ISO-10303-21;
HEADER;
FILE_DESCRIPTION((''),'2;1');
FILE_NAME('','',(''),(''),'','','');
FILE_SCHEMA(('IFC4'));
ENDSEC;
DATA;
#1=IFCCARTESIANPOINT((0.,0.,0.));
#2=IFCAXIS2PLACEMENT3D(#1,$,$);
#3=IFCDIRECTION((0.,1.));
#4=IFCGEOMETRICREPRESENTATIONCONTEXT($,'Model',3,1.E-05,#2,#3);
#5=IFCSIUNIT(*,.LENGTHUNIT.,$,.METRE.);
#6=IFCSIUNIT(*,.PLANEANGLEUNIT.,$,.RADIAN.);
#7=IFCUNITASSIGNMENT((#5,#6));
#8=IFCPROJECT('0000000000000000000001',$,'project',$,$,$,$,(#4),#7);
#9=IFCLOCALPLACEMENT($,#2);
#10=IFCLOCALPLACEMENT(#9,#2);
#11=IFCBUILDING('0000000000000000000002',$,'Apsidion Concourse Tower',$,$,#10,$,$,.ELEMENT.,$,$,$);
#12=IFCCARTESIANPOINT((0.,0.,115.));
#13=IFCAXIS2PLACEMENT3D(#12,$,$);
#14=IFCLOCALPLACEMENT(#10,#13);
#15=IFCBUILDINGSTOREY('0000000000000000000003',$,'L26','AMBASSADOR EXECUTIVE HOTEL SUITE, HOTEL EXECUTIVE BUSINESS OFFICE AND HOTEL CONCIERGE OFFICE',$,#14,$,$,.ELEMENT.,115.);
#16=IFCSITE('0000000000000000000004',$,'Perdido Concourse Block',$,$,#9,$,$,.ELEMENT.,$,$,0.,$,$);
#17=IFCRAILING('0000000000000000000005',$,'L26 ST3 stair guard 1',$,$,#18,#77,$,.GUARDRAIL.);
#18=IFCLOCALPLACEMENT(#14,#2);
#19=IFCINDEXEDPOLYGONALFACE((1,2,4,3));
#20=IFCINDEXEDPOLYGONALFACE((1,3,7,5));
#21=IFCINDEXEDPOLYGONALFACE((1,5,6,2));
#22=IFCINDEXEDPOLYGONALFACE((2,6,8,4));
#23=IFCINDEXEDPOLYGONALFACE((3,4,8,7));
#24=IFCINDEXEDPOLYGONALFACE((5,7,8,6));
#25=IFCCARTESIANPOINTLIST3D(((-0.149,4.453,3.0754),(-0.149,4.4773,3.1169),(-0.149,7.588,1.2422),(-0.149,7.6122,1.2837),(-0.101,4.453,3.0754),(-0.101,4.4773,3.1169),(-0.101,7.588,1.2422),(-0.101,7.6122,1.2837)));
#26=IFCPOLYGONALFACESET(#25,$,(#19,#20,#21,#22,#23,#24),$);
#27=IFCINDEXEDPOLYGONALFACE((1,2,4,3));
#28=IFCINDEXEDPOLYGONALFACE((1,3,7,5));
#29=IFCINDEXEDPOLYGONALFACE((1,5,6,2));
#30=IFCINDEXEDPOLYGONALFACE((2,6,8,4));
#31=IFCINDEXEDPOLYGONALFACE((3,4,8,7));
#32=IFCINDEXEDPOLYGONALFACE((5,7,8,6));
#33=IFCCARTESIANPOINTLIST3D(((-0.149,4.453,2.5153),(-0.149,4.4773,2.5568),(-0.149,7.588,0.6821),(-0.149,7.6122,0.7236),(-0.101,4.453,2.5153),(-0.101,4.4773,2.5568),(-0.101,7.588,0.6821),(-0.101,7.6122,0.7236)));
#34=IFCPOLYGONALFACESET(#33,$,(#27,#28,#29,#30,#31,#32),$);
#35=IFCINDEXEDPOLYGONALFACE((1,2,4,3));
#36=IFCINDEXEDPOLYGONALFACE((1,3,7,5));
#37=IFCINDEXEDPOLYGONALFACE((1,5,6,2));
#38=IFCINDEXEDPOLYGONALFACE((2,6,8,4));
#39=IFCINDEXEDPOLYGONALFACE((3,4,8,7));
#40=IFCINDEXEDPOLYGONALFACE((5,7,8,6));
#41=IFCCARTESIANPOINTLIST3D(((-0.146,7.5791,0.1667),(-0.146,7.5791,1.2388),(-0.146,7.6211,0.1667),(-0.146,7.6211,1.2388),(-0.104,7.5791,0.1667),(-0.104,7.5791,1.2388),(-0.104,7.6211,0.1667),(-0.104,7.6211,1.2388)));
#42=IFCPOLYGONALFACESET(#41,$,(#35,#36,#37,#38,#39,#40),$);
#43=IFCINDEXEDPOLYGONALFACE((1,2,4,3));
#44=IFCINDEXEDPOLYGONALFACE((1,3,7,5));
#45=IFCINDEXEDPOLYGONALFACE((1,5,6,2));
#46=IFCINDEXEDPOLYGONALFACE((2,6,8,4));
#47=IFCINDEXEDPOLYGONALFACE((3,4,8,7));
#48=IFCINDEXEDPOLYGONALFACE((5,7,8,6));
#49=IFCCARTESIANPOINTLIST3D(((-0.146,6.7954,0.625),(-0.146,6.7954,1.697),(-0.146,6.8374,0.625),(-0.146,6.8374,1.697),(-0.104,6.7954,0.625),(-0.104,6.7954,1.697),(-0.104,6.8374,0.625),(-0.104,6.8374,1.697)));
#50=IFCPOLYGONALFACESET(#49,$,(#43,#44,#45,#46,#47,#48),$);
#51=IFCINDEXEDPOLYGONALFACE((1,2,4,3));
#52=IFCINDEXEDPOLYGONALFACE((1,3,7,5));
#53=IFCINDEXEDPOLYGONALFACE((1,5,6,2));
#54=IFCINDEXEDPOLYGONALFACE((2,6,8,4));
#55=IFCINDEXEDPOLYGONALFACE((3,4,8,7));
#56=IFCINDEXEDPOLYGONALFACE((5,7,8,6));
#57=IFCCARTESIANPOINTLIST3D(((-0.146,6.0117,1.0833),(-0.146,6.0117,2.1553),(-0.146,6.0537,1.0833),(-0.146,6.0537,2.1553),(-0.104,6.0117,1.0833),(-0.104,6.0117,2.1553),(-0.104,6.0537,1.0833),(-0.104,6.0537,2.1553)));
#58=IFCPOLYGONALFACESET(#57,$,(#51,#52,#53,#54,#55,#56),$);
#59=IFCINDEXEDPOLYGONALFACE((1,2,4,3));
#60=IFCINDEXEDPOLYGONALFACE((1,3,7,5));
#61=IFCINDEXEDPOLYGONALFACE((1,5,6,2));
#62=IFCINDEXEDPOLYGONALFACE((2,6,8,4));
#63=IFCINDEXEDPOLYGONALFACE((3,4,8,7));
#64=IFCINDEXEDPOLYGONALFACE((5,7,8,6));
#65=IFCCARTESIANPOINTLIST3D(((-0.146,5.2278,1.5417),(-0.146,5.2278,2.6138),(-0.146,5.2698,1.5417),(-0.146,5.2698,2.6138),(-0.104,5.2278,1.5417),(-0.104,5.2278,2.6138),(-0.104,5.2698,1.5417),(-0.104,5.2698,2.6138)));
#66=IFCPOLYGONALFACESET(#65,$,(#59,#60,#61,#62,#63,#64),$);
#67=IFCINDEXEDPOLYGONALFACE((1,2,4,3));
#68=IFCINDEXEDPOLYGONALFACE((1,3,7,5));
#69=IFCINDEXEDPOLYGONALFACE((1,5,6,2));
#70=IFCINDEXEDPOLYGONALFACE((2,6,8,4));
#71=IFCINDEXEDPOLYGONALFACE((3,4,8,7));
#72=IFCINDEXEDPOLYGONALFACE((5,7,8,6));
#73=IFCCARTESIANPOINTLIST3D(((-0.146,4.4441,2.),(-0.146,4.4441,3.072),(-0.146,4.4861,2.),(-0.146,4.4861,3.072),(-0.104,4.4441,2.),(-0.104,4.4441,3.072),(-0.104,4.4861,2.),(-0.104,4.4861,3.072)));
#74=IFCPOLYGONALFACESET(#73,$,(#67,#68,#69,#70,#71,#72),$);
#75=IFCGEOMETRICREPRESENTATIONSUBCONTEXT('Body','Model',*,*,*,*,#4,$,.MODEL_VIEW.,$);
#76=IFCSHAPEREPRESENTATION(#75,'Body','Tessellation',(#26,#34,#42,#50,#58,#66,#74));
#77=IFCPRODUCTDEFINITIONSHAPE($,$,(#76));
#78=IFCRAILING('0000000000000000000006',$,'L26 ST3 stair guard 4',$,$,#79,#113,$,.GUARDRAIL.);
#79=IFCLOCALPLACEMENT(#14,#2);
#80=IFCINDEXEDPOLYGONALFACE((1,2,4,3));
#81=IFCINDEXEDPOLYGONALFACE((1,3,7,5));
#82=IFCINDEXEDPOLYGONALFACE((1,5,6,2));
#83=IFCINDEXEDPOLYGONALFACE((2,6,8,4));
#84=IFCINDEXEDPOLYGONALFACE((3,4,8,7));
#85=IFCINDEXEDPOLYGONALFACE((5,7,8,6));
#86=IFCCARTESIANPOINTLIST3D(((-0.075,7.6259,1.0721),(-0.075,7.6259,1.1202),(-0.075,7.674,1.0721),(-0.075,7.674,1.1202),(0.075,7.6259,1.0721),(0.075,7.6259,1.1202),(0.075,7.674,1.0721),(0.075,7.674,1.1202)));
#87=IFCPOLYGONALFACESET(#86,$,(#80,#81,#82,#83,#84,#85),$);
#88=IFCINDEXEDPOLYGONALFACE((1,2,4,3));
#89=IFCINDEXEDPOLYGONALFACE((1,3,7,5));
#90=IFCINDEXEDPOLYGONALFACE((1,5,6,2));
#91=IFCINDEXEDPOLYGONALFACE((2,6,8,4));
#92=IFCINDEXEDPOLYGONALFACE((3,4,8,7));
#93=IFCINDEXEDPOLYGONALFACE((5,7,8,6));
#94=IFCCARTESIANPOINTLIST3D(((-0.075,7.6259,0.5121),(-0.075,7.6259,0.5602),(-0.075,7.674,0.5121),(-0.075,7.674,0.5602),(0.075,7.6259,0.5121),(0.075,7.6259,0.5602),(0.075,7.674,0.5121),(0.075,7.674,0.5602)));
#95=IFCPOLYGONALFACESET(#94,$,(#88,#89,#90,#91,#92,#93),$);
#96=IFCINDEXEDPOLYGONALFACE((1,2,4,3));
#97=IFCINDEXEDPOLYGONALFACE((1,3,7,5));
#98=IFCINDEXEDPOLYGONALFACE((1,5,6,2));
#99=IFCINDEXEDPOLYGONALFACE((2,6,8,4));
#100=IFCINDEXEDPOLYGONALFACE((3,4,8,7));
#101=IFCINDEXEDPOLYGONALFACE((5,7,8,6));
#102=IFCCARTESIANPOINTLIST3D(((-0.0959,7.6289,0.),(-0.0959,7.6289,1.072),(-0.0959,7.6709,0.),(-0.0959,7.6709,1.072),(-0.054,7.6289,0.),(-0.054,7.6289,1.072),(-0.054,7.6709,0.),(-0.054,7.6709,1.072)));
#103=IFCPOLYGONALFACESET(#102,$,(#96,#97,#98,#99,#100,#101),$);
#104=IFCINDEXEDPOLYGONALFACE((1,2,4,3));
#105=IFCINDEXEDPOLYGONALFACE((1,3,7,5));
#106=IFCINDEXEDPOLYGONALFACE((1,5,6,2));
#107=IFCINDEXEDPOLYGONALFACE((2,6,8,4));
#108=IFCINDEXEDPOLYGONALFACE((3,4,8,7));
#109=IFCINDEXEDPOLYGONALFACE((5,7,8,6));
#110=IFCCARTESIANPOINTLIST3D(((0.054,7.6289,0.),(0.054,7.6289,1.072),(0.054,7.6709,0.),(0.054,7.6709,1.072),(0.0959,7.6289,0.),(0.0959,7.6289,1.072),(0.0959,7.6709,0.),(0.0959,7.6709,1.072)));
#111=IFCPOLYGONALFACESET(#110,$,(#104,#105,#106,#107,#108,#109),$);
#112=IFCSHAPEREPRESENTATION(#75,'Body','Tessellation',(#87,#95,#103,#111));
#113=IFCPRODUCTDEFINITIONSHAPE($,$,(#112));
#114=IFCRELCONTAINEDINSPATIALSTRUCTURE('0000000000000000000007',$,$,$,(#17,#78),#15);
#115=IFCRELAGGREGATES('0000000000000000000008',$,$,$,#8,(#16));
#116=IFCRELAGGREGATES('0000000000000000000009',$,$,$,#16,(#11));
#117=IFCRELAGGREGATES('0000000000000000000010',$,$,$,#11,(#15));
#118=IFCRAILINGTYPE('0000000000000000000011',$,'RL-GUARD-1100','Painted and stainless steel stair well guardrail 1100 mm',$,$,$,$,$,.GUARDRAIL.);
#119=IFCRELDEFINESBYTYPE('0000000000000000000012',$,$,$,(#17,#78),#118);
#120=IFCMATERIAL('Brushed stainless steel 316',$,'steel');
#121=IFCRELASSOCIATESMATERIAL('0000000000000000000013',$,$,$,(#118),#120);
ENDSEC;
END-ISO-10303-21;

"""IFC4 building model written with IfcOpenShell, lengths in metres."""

from ifc_helpers import new_model, si_unit, direction, frame, origin, origin_2d, place, context, subcontext, project, spatial, rectangle, extrude, material, type_object, element, save


model = new_model("IFC4")

# Units and contexts
model_context = context("Model", 3, precision=1e-05, world=origin(), true_north=direction((0.0, 1.0)))
body_context = subcontext(model_context, "Body", "Model", "MODEL_VIEW")
ifc_project = project(units=[si_unit("LENGTHUNIT", "METRE"), si_unit("PLANEANGLEUNIT", "RADIAN")], contexts=[model_context])

# Site, building, storey
site_placement = place(None, origin())
site = spatial("IfcSite", under=ifc_project, at=site_placement, Name="Perdido Concourse Block", CompositionType="ELEMENT", RefElevation=0.0)
building_placement = place(site_placement, origin())
building = spatial("IfcBuilding", under=site, at=building_placement, Name="Apsidion Concourse Tower", CompositionType="ELEMENT")
storey_placement = place(building_placement, frame((0.0, 0.0, 115.0)))
storey = spatial("IfcBuildingStorey", under=building, at=storey_placement, Name="L26", Description="AMBASSADOR EXECUTIVE HOTEL SUITE, HOTEL EXECUTIVE BUSINESS OFFICE AND HOTEL CONCIERGE OFFICE", CompositionType="ELEMENT", Elevation=115.0)

# Shared definitions
ifc_material_1 = material(Name="Brushed stainless steel 316", Category="steel")

# Railings
railing_type = type_object("IfcRailingType", Name="RL-GUARD-1100", Description="Painted and stainless steel stair well guardrail 1100 mm", PredefinedType="GUARDRAIL", material=ifc_material_1)
railing_1_placement = place(storey_placement, frame((-0.125, 7.6001, 0.1667)))
element("IfcRailing", 1, at=railing_1_placement, inside=storey, type_object=railing_type, Name="L26 ST3 stair guard 1", PredefinedType="GUARDRAIL", context=body_context, shape_type="SweptSolid", body=[
    extrude(rectangle(XDim=0.0481, YDim=0.0481, at=origin_2d()), frame((0.0, 0.0, 1.0962), z_axis=(0.0, -0.86324, 0.504794), x_axis=(1.0, 0.0, 0.0)), (0.0, 0.0, 1.0), 3.6316),
    extrude(rectangle(XDim=0.0481, YDim=0.0481, at=origin_2d()), frame((0.0, 0.0, 0.5361), z_axis=(0.0, -0.86324, 0.504794), x_axis=(1.0, 0.0, 0.0)), (0.0, 0.0, 1.0), 3.6316),
    extrude(rectangle(XDim=0.042, YDim=0.042, at=origin_2d()), origin(), (0.0, 0.0, 1.0), 1.072),
    extrude(rectangle(XDim=0.042, YDim=0.042, at=origin_2d()), frame((0.0, -0.7837, 0.4583)), (0.0, 0.0, 1.0), 1.072),
    extrude(rectangle(XDim=0.042, YDim=0.042, at=origin_2d()), frame((0.0, -1.5674, 0.9165)), (0.0, 0.0, 1.0), 1.072),
    extrude(rectangle(XDim=0.042, YDim=0.042, at=origin_2d()), frame((0.0, -2.3513, 1.375)), (0.0, 0.0, 1.0), 1.072),
    extrude(rectangle(XDim=0.042, YDim=0.042, at=origin_2d()), frame((0.0, -3.135, 1.8333)), (0.0, 0.0, 1.0), 1.072),
])
railing_2_placement = place(storey_placement, frame((-0.075, 7.6499, 0.0)))
element("IfcRailing", 2, at=railing_2_placement, inside=storey, type_object=railing_type, Name="L26 ST3 stair guard 4", PredefinedType="GUARDRAIL", context=body_context, shape_type="SweptSolid", body=[
    extrude(rectangle(XDim=0.0481, YDim=0.0481, at=origin_2d()), frame((0.0, 0.0, 1.0962), z_axis=(1.0, 0.0, 0.0), x_axis=(0.0, 1.0, 0.0)), (0.0, 0.0, 1.0), 0.1499),
    extrude(rectangle(XDim=0.0481, YDim=0.0481, at=origin_2d()), frame((0.0, 0.0, 0.5361), z_axis=(1.0, 0.0, 0.0), x_axis=(0.0, 1.0, 0.0)), (0.0, 0.0, 1.0), 0.1499),
    extrude(rectangle(XDim=0.042, YDim=0.042, at=origin_2d()), origin(), (0.0, 0.0, 1.0), 1.072),
    extrude(rectangle(XDim=0.042, YDim=0.042, at=origin_2d()), frame((0.1499, 0.0, 0.0)), (0.0, 0.0, 1.0), 1.072),
])

save(model, "model.ifc")
